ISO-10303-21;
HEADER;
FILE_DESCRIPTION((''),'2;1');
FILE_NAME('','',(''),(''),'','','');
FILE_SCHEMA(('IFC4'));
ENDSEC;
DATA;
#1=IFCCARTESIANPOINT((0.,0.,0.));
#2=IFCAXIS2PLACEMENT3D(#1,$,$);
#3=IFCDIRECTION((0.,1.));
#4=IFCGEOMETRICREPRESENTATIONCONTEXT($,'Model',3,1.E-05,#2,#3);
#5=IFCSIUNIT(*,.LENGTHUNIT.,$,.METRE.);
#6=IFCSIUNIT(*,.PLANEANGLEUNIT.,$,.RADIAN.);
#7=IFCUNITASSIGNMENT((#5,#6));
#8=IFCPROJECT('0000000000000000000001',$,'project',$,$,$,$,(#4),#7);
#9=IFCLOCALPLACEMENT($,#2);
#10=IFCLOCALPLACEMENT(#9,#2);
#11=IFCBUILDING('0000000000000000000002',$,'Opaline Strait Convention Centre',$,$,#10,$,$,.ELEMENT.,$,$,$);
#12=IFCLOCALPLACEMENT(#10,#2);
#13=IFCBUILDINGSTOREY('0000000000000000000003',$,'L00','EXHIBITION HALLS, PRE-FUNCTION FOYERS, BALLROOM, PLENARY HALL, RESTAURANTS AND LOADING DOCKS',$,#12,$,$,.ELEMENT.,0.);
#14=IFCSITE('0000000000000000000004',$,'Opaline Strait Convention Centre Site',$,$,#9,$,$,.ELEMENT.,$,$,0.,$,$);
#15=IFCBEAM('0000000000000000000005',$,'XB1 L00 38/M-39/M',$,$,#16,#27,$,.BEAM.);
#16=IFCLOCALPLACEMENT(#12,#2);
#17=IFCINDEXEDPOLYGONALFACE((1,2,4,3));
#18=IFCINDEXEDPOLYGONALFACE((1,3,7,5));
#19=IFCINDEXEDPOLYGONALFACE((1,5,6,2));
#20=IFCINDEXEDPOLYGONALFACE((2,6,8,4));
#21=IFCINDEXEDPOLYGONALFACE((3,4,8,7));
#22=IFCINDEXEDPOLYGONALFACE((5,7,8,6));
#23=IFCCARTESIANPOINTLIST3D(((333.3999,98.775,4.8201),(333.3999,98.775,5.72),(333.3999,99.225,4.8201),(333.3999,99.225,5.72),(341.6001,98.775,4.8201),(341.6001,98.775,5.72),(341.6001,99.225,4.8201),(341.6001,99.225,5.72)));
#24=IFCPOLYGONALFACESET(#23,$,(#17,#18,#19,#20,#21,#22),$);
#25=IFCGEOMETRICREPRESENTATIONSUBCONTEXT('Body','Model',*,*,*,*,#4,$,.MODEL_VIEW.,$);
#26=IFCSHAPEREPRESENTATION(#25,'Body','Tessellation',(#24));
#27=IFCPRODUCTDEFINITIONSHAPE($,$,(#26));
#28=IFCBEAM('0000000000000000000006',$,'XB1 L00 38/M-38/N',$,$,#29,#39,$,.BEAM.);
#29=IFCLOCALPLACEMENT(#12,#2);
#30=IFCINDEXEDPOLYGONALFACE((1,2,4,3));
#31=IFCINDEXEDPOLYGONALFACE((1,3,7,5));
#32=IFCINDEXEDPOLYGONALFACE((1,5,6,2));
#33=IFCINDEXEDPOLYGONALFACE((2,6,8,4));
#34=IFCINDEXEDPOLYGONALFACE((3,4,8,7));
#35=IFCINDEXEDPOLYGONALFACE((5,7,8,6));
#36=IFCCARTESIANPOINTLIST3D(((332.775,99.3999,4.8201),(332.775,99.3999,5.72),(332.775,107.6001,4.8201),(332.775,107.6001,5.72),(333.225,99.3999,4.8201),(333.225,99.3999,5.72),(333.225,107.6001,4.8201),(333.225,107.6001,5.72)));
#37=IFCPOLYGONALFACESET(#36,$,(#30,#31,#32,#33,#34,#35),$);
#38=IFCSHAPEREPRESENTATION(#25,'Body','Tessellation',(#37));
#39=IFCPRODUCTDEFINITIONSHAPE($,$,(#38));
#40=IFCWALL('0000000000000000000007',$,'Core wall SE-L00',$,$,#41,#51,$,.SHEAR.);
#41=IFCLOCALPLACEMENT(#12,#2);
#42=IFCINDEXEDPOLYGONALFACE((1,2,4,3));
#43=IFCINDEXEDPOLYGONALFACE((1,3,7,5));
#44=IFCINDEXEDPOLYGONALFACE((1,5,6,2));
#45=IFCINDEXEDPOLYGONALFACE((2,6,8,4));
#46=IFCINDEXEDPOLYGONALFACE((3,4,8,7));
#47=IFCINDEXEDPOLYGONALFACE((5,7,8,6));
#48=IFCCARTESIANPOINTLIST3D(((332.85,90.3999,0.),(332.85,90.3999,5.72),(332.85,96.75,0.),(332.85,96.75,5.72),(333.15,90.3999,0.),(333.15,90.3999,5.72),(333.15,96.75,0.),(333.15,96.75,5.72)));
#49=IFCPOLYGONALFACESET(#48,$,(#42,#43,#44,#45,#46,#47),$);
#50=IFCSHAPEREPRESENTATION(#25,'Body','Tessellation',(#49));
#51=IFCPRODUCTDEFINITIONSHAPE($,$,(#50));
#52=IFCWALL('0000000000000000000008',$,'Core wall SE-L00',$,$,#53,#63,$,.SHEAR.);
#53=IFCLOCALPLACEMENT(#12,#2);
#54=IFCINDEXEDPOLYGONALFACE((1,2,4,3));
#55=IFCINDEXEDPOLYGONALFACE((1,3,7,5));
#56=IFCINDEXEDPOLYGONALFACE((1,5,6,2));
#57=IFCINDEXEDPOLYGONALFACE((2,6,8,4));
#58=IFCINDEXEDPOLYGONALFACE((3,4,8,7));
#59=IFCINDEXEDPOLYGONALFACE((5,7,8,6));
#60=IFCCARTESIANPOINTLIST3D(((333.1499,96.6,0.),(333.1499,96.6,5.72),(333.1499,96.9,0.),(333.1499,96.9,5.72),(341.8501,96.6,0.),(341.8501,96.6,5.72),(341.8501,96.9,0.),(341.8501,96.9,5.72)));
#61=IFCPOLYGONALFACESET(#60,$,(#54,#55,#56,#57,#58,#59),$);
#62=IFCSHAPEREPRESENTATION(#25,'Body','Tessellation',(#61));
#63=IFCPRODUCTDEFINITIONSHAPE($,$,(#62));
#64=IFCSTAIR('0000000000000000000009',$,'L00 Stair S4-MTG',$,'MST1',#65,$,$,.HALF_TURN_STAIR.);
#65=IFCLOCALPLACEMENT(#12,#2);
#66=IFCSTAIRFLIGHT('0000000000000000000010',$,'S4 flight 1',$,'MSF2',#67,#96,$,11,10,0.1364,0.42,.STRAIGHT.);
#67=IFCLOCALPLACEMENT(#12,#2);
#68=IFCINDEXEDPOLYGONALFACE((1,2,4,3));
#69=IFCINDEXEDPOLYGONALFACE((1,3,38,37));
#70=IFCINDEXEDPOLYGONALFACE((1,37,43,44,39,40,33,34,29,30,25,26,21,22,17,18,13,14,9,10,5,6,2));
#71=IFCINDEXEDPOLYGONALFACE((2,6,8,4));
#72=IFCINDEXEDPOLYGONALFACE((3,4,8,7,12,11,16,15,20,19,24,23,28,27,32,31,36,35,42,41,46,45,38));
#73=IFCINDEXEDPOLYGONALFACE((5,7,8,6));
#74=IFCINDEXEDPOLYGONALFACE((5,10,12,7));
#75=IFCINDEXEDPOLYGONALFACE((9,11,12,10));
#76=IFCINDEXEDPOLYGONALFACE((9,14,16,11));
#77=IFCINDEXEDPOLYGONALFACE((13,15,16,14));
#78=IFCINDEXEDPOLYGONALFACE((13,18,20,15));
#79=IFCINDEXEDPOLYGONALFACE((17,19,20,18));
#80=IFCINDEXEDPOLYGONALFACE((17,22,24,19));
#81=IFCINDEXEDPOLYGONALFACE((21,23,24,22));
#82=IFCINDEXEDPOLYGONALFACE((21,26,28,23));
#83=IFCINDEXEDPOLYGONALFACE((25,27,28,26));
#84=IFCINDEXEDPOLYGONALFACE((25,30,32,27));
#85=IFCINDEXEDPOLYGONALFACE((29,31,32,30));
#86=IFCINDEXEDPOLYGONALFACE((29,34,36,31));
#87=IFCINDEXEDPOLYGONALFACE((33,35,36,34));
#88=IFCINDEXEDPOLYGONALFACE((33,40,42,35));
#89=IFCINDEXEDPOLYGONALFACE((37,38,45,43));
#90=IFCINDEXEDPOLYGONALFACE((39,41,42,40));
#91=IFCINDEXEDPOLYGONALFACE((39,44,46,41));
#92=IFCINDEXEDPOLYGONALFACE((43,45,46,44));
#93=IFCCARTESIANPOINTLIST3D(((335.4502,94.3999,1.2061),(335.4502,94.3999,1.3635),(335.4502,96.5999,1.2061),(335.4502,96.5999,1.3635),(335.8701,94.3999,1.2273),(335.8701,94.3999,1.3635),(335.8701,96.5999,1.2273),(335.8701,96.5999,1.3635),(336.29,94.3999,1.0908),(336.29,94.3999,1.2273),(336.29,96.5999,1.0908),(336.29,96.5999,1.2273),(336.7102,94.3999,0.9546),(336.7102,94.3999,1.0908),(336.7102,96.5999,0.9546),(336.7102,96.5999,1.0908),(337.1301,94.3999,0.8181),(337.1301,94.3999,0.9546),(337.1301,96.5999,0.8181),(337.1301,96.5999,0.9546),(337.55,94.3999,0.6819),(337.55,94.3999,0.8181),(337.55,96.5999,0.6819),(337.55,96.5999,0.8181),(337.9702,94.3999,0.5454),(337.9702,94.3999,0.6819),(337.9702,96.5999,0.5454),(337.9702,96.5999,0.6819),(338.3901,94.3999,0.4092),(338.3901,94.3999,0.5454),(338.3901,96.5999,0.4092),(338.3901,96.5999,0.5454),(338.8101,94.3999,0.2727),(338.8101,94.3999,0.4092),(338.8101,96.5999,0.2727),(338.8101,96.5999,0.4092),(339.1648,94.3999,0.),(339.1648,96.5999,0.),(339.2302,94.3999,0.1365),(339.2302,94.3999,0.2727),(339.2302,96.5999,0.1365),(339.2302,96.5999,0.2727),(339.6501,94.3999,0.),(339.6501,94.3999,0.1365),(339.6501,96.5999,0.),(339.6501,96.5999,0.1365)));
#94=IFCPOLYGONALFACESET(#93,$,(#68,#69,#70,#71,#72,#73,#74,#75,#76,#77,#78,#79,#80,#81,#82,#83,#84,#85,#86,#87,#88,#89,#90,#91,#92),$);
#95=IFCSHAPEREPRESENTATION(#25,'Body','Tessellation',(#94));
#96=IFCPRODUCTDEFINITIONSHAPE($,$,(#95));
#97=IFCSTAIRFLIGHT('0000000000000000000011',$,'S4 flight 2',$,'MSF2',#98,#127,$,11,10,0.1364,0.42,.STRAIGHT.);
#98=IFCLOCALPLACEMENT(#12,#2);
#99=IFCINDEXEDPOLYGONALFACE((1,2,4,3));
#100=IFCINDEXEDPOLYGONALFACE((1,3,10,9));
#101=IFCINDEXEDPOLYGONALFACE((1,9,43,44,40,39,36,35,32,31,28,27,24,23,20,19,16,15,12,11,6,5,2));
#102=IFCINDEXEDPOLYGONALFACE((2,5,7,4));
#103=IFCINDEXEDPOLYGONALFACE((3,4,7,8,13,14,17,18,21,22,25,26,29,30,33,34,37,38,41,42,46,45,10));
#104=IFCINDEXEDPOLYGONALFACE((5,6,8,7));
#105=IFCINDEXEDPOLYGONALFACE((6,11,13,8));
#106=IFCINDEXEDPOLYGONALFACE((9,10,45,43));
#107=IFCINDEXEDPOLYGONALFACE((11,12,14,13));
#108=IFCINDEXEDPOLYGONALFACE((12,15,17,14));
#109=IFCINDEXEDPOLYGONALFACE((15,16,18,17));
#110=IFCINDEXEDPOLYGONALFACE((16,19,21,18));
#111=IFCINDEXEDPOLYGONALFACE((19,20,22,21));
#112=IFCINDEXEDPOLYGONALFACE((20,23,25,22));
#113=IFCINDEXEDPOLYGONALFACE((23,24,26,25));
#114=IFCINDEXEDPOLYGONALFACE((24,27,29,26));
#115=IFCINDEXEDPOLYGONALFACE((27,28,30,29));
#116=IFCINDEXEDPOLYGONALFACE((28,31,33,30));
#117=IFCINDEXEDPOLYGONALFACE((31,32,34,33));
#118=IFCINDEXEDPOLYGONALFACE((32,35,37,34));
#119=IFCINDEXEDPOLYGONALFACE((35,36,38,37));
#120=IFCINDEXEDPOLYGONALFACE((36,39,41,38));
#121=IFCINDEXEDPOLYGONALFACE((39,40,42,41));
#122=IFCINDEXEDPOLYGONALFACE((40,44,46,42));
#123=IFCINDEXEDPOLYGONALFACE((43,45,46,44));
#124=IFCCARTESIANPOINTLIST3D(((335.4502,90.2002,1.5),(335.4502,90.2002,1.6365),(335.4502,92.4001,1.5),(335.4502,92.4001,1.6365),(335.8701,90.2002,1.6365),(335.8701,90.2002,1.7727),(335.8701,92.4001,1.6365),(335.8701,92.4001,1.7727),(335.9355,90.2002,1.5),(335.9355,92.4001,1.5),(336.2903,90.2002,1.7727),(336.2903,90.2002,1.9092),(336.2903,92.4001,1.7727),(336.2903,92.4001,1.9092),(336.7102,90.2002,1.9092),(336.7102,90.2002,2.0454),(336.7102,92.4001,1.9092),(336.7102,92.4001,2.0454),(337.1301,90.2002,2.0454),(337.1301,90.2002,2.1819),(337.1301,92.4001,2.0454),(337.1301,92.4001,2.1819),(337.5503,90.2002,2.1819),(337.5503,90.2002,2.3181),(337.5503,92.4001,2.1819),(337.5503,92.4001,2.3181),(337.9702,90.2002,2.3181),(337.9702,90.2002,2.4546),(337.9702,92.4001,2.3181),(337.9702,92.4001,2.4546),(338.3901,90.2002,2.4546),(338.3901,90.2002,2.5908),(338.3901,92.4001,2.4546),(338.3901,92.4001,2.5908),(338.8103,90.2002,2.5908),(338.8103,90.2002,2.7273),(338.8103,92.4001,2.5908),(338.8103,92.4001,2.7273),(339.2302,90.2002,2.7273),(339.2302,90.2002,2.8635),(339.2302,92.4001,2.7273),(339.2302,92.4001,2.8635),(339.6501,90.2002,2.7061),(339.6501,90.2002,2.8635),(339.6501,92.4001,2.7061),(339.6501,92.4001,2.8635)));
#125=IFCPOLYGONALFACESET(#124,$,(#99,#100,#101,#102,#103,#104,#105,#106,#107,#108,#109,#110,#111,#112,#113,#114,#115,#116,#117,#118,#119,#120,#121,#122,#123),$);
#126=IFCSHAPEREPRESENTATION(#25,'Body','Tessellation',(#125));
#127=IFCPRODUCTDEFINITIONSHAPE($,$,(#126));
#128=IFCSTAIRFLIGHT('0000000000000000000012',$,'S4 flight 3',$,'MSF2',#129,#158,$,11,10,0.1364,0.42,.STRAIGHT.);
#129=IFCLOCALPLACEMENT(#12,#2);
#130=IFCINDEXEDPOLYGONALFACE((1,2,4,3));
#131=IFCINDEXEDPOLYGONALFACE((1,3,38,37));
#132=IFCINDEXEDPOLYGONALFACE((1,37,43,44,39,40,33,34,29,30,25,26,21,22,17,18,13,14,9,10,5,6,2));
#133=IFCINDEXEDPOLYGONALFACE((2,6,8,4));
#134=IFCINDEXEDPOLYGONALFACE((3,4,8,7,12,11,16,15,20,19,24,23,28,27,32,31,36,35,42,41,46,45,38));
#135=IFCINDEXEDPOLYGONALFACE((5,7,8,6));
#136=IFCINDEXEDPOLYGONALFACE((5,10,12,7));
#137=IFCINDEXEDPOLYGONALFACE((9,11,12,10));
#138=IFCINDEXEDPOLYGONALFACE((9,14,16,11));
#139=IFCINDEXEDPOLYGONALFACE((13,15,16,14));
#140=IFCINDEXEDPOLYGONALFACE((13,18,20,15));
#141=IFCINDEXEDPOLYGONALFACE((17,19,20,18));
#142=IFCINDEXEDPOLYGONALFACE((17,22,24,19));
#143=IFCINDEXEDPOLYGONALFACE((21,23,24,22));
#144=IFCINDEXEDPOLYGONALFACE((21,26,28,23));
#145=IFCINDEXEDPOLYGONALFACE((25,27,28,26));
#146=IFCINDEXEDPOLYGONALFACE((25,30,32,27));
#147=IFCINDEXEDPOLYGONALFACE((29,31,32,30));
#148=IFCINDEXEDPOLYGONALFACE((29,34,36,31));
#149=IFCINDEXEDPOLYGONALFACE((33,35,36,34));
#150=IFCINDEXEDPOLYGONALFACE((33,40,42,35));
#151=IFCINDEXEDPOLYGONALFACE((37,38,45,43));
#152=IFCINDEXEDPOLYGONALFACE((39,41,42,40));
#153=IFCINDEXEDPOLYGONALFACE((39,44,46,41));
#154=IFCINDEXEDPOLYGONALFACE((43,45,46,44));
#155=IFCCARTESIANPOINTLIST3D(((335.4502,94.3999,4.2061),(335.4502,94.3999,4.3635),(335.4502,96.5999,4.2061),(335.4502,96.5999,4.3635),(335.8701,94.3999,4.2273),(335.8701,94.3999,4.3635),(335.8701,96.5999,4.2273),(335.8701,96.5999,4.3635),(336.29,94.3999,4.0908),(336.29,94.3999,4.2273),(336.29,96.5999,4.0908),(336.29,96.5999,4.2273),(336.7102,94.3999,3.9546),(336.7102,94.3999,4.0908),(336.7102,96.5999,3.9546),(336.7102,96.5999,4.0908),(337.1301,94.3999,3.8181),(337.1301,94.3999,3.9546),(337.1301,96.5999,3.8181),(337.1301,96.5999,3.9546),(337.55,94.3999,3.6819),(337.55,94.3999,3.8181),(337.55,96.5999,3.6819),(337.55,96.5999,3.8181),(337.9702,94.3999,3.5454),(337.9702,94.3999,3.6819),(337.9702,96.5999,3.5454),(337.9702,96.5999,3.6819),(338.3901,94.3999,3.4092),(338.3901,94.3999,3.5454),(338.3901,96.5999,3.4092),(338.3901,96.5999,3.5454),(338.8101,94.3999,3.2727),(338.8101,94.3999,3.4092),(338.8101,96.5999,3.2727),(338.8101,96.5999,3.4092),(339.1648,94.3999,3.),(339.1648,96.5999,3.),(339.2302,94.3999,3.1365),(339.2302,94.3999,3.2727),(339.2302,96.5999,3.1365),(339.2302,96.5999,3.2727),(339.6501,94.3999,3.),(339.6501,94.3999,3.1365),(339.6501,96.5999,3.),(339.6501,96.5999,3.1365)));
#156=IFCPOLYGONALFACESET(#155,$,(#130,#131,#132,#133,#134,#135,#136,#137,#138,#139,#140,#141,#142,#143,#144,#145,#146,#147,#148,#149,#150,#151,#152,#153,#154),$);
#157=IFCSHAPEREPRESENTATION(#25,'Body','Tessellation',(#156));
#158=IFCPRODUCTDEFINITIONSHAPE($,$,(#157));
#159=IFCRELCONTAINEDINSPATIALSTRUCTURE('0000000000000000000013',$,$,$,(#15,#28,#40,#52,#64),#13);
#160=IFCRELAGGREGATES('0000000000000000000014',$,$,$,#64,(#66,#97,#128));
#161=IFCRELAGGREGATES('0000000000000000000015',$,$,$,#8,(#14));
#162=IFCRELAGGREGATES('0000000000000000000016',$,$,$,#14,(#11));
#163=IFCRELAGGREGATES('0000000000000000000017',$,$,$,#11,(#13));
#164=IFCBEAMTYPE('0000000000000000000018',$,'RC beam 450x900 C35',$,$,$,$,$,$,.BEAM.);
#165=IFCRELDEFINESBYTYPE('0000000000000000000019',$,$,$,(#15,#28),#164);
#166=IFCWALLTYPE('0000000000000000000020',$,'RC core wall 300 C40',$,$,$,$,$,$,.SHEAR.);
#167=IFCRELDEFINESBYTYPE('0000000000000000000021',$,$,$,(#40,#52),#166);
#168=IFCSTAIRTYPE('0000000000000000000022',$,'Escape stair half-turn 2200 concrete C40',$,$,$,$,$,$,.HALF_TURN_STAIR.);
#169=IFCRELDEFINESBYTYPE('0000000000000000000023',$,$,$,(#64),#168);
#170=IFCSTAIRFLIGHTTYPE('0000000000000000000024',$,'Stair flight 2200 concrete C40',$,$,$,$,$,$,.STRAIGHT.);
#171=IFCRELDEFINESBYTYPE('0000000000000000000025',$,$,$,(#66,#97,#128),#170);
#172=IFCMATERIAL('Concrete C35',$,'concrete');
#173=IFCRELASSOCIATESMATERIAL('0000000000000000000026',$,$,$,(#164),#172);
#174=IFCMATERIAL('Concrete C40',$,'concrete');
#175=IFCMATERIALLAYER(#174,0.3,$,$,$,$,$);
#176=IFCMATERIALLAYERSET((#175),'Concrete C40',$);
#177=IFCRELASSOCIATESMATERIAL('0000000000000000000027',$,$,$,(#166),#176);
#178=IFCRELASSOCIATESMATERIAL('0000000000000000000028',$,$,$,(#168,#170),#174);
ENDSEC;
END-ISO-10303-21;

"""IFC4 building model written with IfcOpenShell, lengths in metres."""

from ifc_helpers import new_model, si_unit, direction, frame, frame_2d, origin, origin_2d, place, context, subcontext, project, spatial, polyline, rectangle, outline, extrude, material, layer, layer_set, material_profile, profile_set, type_object, element, aggregate, save


model = new_model("IFC4")

# Units and contexts
model_context = context("Model", 3, precision=1e-05, world=origin(), true_north=direction((0.0, 1.0)))
body_context = subcontext(model_context, "Body", "Model", "MODEL_VIEW")
ifc_project = project(units=[si_unit("LENGTHUNIT", "METRE"), si_unit("PLANEANGLEUNIT", "RADIAN")], contexts=[model_context])

# Site, building, storey
site_placement = place(None, origin())
site = spatial("IfcSite", under=ifc_project, at=site_placement, Name="Opaline Strait Convention Centre Site", CompositionType="ELEMENT", RefElevation=0.0)
building_placement = place(site_placement, origin())
building = spatial("IfcBuilding", under=site, at=building_placement, Name="Opaline Strait Convention Centre", CompositionType="ELEMENT")
storey_placement = place(building_placement, origin())
storey = spatial("IfcBuildingStorey", under=building, at=storey_placement, Name="L00", Description="EXHIBITION HALLS, PRE-FUNCTION FOYERS, BALLROOM, PLENARY HALL, RESTAURANTS AND LOADING DOCKS", CompositionType="ELEMENT", Elevation=0.0)

# Shared definitions
ifc_material_1 = material(Name="Concrete C35", Category="concrete")

# Shared definitions
ifc_material_2 = material(Name="Concrete C40", Category="concrete")

# Beams
ifc_material_profile_1 = material_profile(ifc_material_1, rectangle(XDim=0.45, YDim=0.8999, at=origin_2d()), Name="RC 450x900")
ifc_profile_set_1 = profile_set([ifc_material_profile_1], Name="Concrete C35")
beam_type = type_object("IfcBeamType", Name="RC beam 450x900 C35", PredefinedType="BEAM", material=ifc_profile_set_1)
for number, where, z_axis, x_axis, name in (
    (1, (333.3999, 99.0, 5.27), (1.0, 0.0, 0.0), (0.0, 1.0, 0.0), "XB1 L00 38/M-39/M"),
    (2, (333.0, 99.3999, 5.27), (0.0, 1.0, 0.0), (-1.0, 0.0, 0.0), "XB1 L00 38/M-38/N"),
):
    element("IfcBeam", number, at=place(storey_placement, frame(where, z_axis=z_axis, x_axis=x_axis)), inside=storey, type_object=beam_type, Name=name, PredefinedType="BEAM", context=body_context, shape_type="SweptSolid", body=[
        extrude(rectangle(XDim=0.45, YDim=0.8999, at=origin_2d()), origin(), (0.0, 0.0, 1.0), 8.2002),
    ])

# Walls
ifc_layer = layer(ifc_material_2, 0.3)
ifc_layer_set = layer_set([ifc_layer], Name="Concrete C40")
wall_type = type_object("IfcWallType", Name="RC core wall 300 C40", PredefinedType="SHEAR", material=ifc_layer_set)
wall_1_placement = place(storey_placement, frame((333.0, 90.3999, 0.0), z_axis=(0.0, 0.0, 1.0), x_axis=(0.0, 1.0, 0.0)))
element("IfcWall", 3, at=wall_1_placement, inside=storey, type_object=wall_type, Name="Core wall SE-L00", PredefinedType="SHEAR", context=body_context, shape_type="SweptSolid", body=[
    extrude(rectangle(XDim=6.3501, YDim=0.3, at=frame_2d((3.175, 0.0))), origin(), (0.0, 0.0, 1.0), 5.72),
])
wall_2_placement = place(storey_placement, frame((333.1499, 96.75, 0.0), z_axis=(0.0, 0.0, 1.0), x_axis=(1.0, 0.0, 0.0)))
element("IfcWall", 4, at=wall_2_placement, inside=storey, type_object=wall_type, Name="Core wall SE-L00", PredefinedType="SHEAR", context=body_context, shape_type="SweptSolid", body=[
    extrude(rectangle(XDim=8.7002, YDim=0.3, at=frame_2d((4.3501, 0.0))), origin(), (0.0, 0.0, 1.0), 5.72),
])

# Stair, stair flights
stair_type = type_object("IfcStairType", Name="Escape stair half-turn 2200 concrete C40", PredefinedType="HALF_TURN_STAIR", material=ifc_material_2)
stair_placement = place(storey_placement, origin())
stair = element("IfcStair", 5, at=stair_placement, inside=storey, type_object=stair_type, Name="L00 Stair S4-MTG", ObjectType="MST1", PredefinedType="HALF_TURN_STAIR")
stair_flight_type = type_object("IfcStairFlightType", Name="Stair flight 2200 concrete C40", PredefinedType="STRAIGHT", material=ifc_material_2)
stair_flight_1_placement = place(storey_placement, frame((339.6501, 95.5, 0.0), z_axis=(0.0, 0.0, 1.0), x_axis=(-1.0, 0.0, 0.0)))
stair_flight_1 = element("IfcStairFlight", 6, at=stair_flight_1_placement, type_object=stair_flight_type, Name="S4 flight 1", ObjectType="MSF2", NumberOfRisers=11, NumberOfTreads=10, PredefinedType="STRAIGHT", RiserHeight=0.1364, TreadLength=0.42, context=body_context, shape_type="SweptSolid", body=[
    extrude(outline(polyline([(0.0, 0.0), (0.0, 0.1365), (0.4199, 0.1365), (0.4199, 0.2727), (0.8401, 0.2727), (0.8401, 0.4092), (1.26, 0.4092), (1.26, 0.5454), (1.6799, 0.5454), (1.6799, 0.6819), (2.1001, 0.6819), (2.1001, 0.8181), (2.52, 0.8181), (2.52, 0.9546), (2.9399, 0.9546), (2.9399, 1.0908), (3.3601, 1.0908), (3.3601, 1.2273), (3.78, 1.2273), (3.78, 1.3635), (4.2, 1.3635), (4.2, 1.5), (4.2, 1.2061), (0.4854, 0.0), (0.0, 0.0)])), frame((0.0, 1.1001, 0.0), z_axis=(0.0, -1.0, 0.0), x_axis=(1.0, 0.0, 0.0)), (0.0, 0.0, 1.0), 2.2),
])
stair_flight_2_placement = place(storey_placement, frame((335.4502, 91.3, 1.5), z_axis=(0.0, 0.0, 1.0), x_axis=(1.0, 0.0, 0.0)))
stair_flight_2 = element("IfcStairFlight", 7, at=stair_flight_2_placement, type_object=stair_flight_type, Name="S4 flight 2", ObjectType="MSF2", NumberOfRisers=11, NumberOfTreads=10, PredefinedType="STRAIGHT", RiserHeight=0.1364, TreadLength=0.42, context=body_context, shape_type="SweptSolid", body=[
    extrude(outline(polyline([(0.0, 0.0), (0.0, 0.1365), (0.4199, 0.1365), (0.4199, 0.2727), (0.8401, 0.2727), (0.8401, 0.4092), (1.26, 0.4092), (1.26, 0.5454), (1.6799, 0.5454), (1.6799, 0.6819), (2.1001, 0.6819), (2.1001, 0.8181), (2.52, 0.8181), (2.52, 0.9546), (2.9399, 0.9546), (2.9399, 1.0908), (3.3601, 1.0908), (3.3601, 1.2273), (3.78, 1.2273), (3.78, 1.3635), (4.2, 1.3635), (4.2, 1.5), (4.2, 1.2061), (0.4854, 0.0), (0.0, 0.0)])), frame((0.0, 1.1001, 0.0), z_axis=(0.0, -1.0, 0.0), x_axis=(1.0, 0.0, 0.0)), (0.0, 0.0, 1.0), 2.2),
])
stair_flight_3_placement = place(storey_placement, frame((339.6501, 95.5, 3.0), z_axis=(0.0, 0.0, 1.0), x_axis=(-1.0, 0.0, 0.0)))
stair_flight_3 = element("IfcStairFlight", 8, at=stair_flight_3_placement, type_object=stair_flight_type, Name="S4 flight 3", ObjectType="MSF2", NumberOfRisers=11, NumberOfTreads=10, PredefinedType="STRAIGHT", RiserHeight=0.1364, TreadLength=0.42, context=body_context, shape_type="SweptSolid", body=[
    extrude(outline(polyline([(0.0, 0.0), (0.0, 0.1365), (0.4199, 0.1365), (0.4199, 0.2727), (0.8401, 0.2727), (0.8401, 0.4092), (1.26, 0.4092), (1.26, 0.5454), (1.6799, 0.5454), (1.6799, 0.6819), (2.1001, 0.6819), (2.1001, 0.8181), (2.52, 0.8181), (2.52, 0.9546), (2.9399, 0.9546), (2.9399, 1.0908), (3.3601, 1.0908), (3.3601, 1.2273), (3.78, 1.2273), (3.78, 1.3635), (4.2, 1.3635), (4.2, 1.5), (4.2, 1.2061), (0.4854, 0.0), (0.0, 0.0)])), frame((0.0, 1.1001, 0.0), z_axis=(0.0, -1.0, 0.0), x_axis=(1.0, 0.0, 0.0)), (0.0, 0.0, 1.0), 2.2),
])
aggregate(stair, [stair_flight_1, stair_flight_2, stair_flight_3])

save(model, "model.ifc")
